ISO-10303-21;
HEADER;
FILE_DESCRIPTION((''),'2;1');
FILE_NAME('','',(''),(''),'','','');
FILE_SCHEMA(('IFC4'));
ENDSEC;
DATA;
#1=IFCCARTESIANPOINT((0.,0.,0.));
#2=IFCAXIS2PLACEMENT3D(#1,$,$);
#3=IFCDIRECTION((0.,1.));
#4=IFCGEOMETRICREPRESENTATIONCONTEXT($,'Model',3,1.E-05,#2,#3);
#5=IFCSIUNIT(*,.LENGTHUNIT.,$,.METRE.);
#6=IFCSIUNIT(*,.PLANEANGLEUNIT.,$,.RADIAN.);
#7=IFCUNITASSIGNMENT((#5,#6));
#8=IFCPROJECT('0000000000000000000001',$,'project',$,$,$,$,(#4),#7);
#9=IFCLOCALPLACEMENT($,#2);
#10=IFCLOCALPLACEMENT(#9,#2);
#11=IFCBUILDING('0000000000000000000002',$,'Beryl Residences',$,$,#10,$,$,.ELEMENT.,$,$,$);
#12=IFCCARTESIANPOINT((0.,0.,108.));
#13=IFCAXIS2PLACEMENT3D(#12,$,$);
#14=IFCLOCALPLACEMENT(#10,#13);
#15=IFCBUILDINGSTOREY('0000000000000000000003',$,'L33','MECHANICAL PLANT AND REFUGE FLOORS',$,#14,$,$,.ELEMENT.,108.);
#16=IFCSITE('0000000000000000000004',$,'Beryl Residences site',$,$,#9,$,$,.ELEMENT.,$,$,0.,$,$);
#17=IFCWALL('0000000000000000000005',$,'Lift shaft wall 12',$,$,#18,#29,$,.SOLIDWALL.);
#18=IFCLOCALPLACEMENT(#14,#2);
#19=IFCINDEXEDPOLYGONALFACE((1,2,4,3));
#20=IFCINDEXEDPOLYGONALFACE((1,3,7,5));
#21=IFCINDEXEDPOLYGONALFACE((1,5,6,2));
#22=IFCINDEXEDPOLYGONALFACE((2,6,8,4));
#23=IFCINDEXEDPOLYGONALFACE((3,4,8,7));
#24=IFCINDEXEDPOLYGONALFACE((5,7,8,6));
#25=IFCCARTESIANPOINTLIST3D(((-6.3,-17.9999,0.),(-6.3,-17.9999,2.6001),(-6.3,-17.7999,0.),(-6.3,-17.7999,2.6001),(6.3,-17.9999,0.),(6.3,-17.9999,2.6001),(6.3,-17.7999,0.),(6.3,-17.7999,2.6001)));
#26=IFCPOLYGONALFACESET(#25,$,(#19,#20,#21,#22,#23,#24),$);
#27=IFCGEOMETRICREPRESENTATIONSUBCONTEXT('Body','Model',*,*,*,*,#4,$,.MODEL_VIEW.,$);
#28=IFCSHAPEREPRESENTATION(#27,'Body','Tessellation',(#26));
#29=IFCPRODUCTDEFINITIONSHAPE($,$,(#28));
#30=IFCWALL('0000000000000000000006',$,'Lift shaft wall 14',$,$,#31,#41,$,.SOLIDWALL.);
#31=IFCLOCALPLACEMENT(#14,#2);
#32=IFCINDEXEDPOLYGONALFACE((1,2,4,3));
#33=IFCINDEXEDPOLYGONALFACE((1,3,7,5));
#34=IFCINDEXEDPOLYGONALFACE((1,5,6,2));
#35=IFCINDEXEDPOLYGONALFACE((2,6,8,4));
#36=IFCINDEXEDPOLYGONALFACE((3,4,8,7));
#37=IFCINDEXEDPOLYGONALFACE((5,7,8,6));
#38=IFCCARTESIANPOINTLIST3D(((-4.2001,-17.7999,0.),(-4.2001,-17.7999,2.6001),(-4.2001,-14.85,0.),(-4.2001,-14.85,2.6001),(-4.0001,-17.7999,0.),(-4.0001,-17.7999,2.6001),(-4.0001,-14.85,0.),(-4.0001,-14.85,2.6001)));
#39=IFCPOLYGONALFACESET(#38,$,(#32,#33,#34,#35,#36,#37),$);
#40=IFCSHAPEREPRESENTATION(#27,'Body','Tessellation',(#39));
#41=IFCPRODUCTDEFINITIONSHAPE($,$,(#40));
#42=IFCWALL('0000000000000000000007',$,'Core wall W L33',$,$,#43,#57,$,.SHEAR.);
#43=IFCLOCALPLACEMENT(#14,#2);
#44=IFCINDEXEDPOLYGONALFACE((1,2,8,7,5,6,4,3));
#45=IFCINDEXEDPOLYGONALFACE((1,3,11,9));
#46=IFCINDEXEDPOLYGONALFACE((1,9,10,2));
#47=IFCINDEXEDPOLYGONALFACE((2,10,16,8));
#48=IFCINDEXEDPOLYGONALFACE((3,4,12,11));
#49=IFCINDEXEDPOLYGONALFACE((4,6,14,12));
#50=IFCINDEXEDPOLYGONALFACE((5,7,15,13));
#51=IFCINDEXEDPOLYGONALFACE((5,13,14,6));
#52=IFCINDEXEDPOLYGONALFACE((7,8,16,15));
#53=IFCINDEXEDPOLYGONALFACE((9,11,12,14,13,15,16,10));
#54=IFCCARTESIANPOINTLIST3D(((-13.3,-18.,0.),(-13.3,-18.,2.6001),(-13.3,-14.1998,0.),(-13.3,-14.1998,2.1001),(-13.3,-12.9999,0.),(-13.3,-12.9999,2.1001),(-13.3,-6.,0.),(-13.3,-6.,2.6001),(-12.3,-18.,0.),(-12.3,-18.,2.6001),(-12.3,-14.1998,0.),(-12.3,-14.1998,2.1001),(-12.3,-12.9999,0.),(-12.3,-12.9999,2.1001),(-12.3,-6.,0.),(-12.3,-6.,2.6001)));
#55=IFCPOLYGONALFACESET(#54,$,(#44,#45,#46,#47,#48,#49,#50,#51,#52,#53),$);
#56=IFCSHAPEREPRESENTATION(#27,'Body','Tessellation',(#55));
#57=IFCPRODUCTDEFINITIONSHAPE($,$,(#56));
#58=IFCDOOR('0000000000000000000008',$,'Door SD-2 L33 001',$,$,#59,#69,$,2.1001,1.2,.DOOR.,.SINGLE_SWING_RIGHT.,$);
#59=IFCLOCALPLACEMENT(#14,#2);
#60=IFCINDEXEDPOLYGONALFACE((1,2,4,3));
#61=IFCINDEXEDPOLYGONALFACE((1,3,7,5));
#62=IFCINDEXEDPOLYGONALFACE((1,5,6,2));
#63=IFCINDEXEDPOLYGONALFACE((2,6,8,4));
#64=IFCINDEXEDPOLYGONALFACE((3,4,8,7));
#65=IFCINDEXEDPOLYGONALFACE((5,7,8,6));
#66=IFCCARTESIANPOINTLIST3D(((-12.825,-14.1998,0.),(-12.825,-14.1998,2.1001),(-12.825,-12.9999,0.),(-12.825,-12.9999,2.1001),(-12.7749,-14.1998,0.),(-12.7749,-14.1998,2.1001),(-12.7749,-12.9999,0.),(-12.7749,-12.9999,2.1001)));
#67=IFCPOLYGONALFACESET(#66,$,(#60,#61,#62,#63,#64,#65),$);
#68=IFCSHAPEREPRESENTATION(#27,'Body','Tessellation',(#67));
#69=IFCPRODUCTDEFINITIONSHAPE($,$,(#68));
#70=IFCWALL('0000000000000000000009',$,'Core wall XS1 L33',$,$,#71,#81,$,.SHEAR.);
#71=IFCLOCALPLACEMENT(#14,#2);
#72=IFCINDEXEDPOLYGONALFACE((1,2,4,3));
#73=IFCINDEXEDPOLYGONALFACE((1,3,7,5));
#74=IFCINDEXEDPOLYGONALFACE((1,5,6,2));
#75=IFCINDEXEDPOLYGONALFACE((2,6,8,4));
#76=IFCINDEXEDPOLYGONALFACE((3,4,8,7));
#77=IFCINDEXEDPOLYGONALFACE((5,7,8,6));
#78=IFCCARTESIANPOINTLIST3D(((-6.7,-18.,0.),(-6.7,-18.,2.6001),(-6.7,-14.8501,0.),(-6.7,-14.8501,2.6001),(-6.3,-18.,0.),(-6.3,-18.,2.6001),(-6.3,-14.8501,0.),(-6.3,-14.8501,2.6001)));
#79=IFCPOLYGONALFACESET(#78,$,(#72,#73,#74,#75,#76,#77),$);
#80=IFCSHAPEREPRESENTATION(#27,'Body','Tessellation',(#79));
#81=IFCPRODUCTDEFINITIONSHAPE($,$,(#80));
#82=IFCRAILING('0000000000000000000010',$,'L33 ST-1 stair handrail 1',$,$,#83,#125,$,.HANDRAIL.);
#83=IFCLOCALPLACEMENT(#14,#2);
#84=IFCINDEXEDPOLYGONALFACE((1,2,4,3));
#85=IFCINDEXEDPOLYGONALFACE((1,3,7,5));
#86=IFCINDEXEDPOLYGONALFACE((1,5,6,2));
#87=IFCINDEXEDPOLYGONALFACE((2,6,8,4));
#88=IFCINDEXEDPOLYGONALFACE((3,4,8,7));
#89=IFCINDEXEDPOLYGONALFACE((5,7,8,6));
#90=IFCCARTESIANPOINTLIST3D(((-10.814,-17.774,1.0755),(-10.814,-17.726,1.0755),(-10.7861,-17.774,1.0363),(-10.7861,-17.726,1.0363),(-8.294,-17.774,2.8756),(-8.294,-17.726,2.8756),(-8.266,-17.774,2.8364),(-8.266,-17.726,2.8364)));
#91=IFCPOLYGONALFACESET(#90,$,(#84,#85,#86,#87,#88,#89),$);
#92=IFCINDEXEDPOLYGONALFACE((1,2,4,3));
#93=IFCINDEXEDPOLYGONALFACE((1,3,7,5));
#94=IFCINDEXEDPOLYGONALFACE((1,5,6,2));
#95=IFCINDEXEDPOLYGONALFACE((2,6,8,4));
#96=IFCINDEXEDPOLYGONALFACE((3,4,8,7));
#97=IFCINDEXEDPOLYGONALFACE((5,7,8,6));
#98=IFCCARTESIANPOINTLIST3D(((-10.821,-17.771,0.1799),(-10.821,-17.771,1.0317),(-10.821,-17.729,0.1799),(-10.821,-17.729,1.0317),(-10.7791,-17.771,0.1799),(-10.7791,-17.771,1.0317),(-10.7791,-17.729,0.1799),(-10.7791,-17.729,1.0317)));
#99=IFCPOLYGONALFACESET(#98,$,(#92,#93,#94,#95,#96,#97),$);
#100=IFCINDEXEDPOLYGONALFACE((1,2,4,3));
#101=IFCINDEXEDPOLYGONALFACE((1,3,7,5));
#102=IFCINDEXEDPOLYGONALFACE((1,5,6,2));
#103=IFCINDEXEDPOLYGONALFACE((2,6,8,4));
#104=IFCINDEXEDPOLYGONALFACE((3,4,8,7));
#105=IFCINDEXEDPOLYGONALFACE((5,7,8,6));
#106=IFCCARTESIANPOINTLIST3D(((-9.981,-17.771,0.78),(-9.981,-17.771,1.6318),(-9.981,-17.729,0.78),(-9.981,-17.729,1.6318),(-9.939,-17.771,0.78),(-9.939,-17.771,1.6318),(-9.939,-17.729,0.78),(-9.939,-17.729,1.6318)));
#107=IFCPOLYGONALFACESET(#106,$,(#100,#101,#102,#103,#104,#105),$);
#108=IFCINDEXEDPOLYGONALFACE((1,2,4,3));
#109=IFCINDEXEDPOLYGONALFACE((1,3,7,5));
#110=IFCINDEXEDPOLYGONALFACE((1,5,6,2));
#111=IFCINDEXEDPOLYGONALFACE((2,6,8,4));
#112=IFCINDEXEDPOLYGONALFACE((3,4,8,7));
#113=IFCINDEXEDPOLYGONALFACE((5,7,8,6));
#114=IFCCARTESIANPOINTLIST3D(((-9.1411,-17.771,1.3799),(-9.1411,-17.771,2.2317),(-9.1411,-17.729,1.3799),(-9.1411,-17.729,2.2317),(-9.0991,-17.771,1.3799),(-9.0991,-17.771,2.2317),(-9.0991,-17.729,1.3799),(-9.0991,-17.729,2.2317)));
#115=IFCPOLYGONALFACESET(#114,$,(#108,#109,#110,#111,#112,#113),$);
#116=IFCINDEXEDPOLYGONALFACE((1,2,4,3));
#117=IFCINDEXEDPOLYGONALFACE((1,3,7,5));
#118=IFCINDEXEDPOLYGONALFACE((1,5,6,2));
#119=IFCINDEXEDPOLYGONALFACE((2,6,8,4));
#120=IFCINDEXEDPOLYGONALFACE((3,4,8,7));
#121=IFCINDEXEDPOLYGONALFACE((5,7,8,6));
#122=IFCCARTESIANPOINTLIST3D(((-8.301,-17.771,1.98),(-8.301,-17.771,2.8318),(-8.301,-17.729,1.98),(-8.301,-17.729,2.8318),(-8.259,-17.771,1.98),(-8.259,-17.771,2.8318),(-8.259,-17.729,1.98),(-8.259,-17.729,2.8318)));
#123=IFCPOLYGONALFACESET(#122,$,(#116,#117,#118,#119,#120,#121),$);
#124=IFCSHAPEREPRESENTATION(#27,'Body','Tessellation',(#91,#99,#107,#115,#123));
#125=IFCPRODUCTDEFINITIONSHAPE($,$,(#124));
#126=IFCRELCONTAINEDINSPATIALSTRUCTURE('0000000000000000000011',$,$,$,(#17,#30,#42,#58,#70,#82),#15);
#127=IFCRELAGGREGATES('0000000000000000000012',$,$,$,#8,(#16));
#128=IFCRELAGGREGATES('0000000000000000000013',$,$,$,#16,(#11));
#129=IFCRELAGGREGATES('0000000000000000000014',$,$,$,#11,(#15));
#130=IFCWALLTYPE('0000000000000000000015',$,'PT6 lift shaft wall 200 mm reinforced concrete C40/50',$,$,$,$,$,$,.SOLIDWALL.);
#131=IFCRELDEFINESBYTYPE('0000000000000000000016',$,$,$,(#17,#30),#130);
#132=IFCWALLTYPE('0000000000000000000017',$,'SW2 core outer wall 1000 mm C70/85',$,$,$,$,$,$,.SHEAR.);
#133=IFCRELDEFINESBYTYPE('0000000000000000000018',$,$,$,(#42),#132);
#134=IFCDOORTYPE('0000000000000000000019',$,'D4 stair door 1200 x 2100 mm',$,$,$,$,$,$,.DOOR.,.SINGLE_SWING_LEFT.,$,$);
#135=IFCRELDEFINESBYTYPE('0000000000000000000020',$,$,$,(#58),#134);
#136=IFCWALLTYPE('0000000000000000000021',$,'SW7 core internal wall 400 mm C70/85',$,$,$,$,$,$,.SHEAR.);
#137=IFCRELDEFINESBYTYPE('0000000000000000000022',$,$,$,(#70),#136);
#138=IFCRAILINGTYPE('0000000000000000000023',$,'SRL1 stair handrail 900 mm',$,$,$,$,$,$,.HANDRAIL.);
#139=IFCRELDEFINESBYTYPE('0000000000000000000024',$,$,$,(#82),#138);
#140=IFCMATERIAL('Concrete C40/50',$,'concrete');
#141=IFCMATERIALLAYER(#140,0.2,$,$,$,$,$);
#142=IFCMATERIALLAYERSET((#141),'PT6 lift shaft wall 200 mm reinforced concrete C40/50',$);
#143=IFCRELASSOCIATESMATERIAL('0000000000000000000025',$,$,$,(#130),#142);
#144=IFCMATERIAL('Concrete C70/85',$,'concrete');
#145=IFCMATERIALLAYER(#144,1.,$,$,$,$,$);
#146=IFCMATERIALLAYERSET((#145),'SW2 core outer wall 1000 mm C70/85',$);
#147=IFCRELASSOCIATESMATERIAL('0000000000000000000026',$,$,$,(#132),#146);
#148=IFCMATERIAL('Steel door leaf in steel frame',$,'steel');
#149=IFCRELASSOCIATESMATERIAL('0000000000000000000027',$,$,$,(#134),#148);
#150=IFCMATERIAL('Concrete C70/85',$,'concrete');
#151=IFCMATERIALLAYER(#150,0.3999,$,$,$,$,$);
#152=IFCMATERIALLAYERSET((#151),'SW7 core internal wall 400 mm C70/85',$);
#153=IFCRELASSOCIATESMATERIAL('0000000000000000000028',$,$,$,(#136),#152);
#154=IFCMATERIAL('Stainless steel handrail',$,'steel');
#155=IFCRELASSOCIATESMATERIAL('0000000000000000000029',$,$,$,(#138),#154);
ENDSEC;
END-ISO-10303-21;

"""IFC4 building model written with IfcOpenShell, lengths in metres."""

from ifc_helpers import new_model, si_unit, direction, frame, frame_2d, origin, origin_2d, place, context, subcontext, project, spatial, rectangle, extrude, material, layer, layer_set, type_object, element, fill, save


model = new_model("IFC4")

# Units and contexts
model_context = context("Model", 3, precision=1e-05, world=origin(), true_north=direction((0.0, 1.0)))
body_context = subcontext(model_context, "Body", "Model", "MODEL_VIEW")
ifc_project = project(units=[si_unit("LENGTHUNIT", "METRE"), si_unit("PLANEANGLEUNIT", "RADIAN")], contexts=[model_context])

# Site, building, storey
site_placement = place(None, origin())
site = spatial("IfcSite", under=ifc_project, at=site_placement, Name="Beryl Residences site", CompositionType="ELEMENT", RefElevation=0.0)
building_placement = place(site_placement, origin())
building = spatial("IfcBuilding", under=site, at=building_placement, Name="Beryl Residences", CompositionType="ELEMENT")
storey_placement = place(building_placement, frame((0.0, 0.0, 108.0)))
storey = spatial("IfcBuildingStorey", under=building, at=storey_placement, Name="L33", Description="MECHANICAL PLANT AND REFUGE FLOORS", CompositionType="ELEMENT", Elevation=108.0)

# Walls
ifc_material_1 = material(Name="Concrete C40/50", Category="concrete")
ifc_layer_1 = layer(ifc_material_1, 0.2)
ifc_layer_set_1 = layer_set([ifc_layer_1], Name="PT6 lift shaft wall 200 mm reinforced concrete C40/50")
wall_type_1 = type_object("IfcWallType", Name="PT6 lift shaft wall 200 mm reinforced concrete C40/50", PredefinedType="SOLIDWALL", material=ifc_layer_set_1)
wall_1_placement = place(storey_placement, frame((-6.3, -17.8999, 0.0), z_axis=(0.0, 0.0, 1.0), x_axis=(1.0, 0.0, 0.0)))
element("IfcWall", 1, at=wall_1_placement, inside=storey, type_object=wall_type_1, Name="Lift shaft wall 12", PredefinedType="SOLIDWALL", context=body_context, shape_type="SweptSolid", body=[
    extrude(rectangle(XDim=12.6001, YDim=0.2, at=frame_2d((6.3, 0.0))), origin(), (0.0, 0.0, 1.0), 2.6001),
])
wall_2_placement = place(storey_placement, frame((-4.1001, -17.8, 0.0), z_axis=(0.0, 0.0, 1.0), x_axis=(0.0, 1.0, 0.0)))
element("IfcWall", 2, at=wall_2_placement, inside=storey, type_object=wall_type_1, Name="Lift shaft wall 14", PredefinedType="SOLIDWALL", context=body_context, shape_type="SweptSolid", body=[
    extrude(rectangle(XDim=2.95, YDim=0.2, at=frame_2d((1.4751, 0.0))), origin(), (0.0, 0.0, 1.0), 2.6001),
])

# Wall, opening, door
ifc_material_2 = material(Name="Concrete C70/85", Category="concrete")
ifc_layer_2 = layer(ifc_material_2, 1.0)
ifc_layer_set_2 = layer_set([ifc_layer_2], Name="SW2 core outer wall 1000 mm C70/85")
wall_type_2 = type_object("IfcWallType", Name="SW2 core outer wall 1000 mm C70/85", PredefinedType="SHEAR", material=ifc_layer_set_2)
wall_3_placement = place(storey_placement, frame((-12.8, -18.0, 0.0), z_axis=(0.0, 0.0, 1.0), x_axis=(0.0, 1.0, 0.0)))
wall_3 = element("IfcWall", 3, at=wall_3_placement, inside=storey, type_object=wall_type_2, Name="Core wall W L33", PredefinedType="SHEAR", context=body_context, shape_type="SweptSolid", body=[
    extrude(rectangle(XDim=12.0, YDim=1.0, at=frame_2d((6.0, 0.0))), origin(), (0.0, 0.0, 1.0), 2.6001),
])
opening_placement = place(wall_3_placement, frame((3.8, 0.0, 0.0)))
opening = element("IfcOpeningElement", 4, at=opening_placement, cuts=wall_3, PredefinedType="OPENING", context=body_context, shape_type="SweptSolid", body=[
    extrude(rectangle(XDim=1.2, YDim=2.1001, at=frame_2d((0.6001, 1.05))), frame((0.0, 0.51, 0.0), z_axis=(0.0, -1.0, 0.0), x_axis=(1.0, 0.0, 0.0)), (0.0, 0.0, 1.0), 1.02),
])
ifc_material_3 = material(Name="Steel door leaf in steel frame", Category="steel")
door_type = type_object("IfcDoorType", Name="D4 stair door 1200 x 2100 mm", OperationType="SINGLE_SWING_LEFT", PredefinedType="DOOR", material=ifc_material_3)
door_placement = place(opening_placement, origin())
door = element("IfcDoor", 5, at=door_placement, inside=storey, type_object=door_type, Name="Door SD-2 L33 001", OperationType="SINGLE_SWING_RIGHT", OverallHeight=2.1001, OverallWidth=1.2, PredefinedType="DOOR", context=body_context, shape_type="SweptSolid", body=[
    extrude(rectangle(XDim=1.2, YDim=2.1001, at=frame_2d((0.6001, 1.05))), frame((0.0, 0.0249, 0.0), z_axis=(0.0, -1.0, 0.0), x_axis=(1.0, 0.0, 0.0)), (0.0, 0.0, 1.0), 0.05),
])
fill(opening, door)

# Wall
ifc_material_4 = material(Name="Concrete C70/85", Category="concrete")
ifc_layer_3 = layer(ifc_material_4, 0.3999)
ifc_layer_set_3 = layer_set([ifc_layer_3], Name="SW7 core internal wall 400 mm C70/85")
wall_type_3 = type_object("IfcWallType", Name="SW7 core internal wall 400 mm C70/85", PredefinedType="SHEAR", material=ifc_layer_set_3)
wall_4_placement = place(storey_placement, frame((-6.5, -18.0, 0.0), z_axis=(0.0, 0.0, 1.0), x_axis=(0.0, 1.0, 0.0)))
element("IfcWall", 6, at=wall_4_placement, inside=storey, type_object=wall_type_3, Name="Core wall XS1 L33", PredefinedType="SHEAR", context=body_context, shape_type="SweptSolid", body=[
    extrude(rectangle(XDim=3.1499, YDim=0.3999, at=frame_2d((1.575, 0.0))), origin(), (0.0, 0.0, 1.0), 2.6001),
])

# Railing
ifc_material_5 = material(Name="Stainless steel handrail", Category="steel")
railing_type = type_object("IfcRailingType", Name="SRL1 stair handrail 900 mm", PredefinedType="HANDRAIL", material=ifc_material_5)
railing_placement = place(storey_placement, frame((-10.8, -17.75, 0.1799)))
element("IfcRailing", 7, at=railing_placement, inside=storey, type_object=railing_type, Name="L33 ST-1 stair handrail 1", PredefinedType="HANDRAIL", context=body_context, shape_type="SweptSolid", body=[
    extrude(rectangle(XDim=0.0481, YDim=0.0481, at=origin_2d()), frame((0.0, 0.0, 0.876), z_axis=(0.813728, 0.0, 0.581246), x_axis=(0.0, 1.0, 0.0)), (0.0, 0.0, 1.0), 3.0969),
    extrude(rectangle(XDim=0.042, YDim=0.042, at=origin_2d()), origin(), (0.0, 0.0, 1.0), 0.8518),
    extrude(rectangle(XDim=0.042, YDim=0.042, at=origin_2d()), frame((0.8401, 0.0, 0.6001)), (0.0, 0.0, 1.0), 0.8518),
    extrude(rectangle(XDim=0.042, YDim=0.042, at=origin_2d()), frame((1.6799, 0.0, 1.2)), (0.0, 0.0, 1.0), 0.8518),
    extrude(rectangle(XDim=0.042, YDim=0.042, at=origin_2d()), frame((2.52, 0.0, 1.8)), (0.0, 0.0, 1.0), 0.8518),
])

save(model, "model.ifc")
